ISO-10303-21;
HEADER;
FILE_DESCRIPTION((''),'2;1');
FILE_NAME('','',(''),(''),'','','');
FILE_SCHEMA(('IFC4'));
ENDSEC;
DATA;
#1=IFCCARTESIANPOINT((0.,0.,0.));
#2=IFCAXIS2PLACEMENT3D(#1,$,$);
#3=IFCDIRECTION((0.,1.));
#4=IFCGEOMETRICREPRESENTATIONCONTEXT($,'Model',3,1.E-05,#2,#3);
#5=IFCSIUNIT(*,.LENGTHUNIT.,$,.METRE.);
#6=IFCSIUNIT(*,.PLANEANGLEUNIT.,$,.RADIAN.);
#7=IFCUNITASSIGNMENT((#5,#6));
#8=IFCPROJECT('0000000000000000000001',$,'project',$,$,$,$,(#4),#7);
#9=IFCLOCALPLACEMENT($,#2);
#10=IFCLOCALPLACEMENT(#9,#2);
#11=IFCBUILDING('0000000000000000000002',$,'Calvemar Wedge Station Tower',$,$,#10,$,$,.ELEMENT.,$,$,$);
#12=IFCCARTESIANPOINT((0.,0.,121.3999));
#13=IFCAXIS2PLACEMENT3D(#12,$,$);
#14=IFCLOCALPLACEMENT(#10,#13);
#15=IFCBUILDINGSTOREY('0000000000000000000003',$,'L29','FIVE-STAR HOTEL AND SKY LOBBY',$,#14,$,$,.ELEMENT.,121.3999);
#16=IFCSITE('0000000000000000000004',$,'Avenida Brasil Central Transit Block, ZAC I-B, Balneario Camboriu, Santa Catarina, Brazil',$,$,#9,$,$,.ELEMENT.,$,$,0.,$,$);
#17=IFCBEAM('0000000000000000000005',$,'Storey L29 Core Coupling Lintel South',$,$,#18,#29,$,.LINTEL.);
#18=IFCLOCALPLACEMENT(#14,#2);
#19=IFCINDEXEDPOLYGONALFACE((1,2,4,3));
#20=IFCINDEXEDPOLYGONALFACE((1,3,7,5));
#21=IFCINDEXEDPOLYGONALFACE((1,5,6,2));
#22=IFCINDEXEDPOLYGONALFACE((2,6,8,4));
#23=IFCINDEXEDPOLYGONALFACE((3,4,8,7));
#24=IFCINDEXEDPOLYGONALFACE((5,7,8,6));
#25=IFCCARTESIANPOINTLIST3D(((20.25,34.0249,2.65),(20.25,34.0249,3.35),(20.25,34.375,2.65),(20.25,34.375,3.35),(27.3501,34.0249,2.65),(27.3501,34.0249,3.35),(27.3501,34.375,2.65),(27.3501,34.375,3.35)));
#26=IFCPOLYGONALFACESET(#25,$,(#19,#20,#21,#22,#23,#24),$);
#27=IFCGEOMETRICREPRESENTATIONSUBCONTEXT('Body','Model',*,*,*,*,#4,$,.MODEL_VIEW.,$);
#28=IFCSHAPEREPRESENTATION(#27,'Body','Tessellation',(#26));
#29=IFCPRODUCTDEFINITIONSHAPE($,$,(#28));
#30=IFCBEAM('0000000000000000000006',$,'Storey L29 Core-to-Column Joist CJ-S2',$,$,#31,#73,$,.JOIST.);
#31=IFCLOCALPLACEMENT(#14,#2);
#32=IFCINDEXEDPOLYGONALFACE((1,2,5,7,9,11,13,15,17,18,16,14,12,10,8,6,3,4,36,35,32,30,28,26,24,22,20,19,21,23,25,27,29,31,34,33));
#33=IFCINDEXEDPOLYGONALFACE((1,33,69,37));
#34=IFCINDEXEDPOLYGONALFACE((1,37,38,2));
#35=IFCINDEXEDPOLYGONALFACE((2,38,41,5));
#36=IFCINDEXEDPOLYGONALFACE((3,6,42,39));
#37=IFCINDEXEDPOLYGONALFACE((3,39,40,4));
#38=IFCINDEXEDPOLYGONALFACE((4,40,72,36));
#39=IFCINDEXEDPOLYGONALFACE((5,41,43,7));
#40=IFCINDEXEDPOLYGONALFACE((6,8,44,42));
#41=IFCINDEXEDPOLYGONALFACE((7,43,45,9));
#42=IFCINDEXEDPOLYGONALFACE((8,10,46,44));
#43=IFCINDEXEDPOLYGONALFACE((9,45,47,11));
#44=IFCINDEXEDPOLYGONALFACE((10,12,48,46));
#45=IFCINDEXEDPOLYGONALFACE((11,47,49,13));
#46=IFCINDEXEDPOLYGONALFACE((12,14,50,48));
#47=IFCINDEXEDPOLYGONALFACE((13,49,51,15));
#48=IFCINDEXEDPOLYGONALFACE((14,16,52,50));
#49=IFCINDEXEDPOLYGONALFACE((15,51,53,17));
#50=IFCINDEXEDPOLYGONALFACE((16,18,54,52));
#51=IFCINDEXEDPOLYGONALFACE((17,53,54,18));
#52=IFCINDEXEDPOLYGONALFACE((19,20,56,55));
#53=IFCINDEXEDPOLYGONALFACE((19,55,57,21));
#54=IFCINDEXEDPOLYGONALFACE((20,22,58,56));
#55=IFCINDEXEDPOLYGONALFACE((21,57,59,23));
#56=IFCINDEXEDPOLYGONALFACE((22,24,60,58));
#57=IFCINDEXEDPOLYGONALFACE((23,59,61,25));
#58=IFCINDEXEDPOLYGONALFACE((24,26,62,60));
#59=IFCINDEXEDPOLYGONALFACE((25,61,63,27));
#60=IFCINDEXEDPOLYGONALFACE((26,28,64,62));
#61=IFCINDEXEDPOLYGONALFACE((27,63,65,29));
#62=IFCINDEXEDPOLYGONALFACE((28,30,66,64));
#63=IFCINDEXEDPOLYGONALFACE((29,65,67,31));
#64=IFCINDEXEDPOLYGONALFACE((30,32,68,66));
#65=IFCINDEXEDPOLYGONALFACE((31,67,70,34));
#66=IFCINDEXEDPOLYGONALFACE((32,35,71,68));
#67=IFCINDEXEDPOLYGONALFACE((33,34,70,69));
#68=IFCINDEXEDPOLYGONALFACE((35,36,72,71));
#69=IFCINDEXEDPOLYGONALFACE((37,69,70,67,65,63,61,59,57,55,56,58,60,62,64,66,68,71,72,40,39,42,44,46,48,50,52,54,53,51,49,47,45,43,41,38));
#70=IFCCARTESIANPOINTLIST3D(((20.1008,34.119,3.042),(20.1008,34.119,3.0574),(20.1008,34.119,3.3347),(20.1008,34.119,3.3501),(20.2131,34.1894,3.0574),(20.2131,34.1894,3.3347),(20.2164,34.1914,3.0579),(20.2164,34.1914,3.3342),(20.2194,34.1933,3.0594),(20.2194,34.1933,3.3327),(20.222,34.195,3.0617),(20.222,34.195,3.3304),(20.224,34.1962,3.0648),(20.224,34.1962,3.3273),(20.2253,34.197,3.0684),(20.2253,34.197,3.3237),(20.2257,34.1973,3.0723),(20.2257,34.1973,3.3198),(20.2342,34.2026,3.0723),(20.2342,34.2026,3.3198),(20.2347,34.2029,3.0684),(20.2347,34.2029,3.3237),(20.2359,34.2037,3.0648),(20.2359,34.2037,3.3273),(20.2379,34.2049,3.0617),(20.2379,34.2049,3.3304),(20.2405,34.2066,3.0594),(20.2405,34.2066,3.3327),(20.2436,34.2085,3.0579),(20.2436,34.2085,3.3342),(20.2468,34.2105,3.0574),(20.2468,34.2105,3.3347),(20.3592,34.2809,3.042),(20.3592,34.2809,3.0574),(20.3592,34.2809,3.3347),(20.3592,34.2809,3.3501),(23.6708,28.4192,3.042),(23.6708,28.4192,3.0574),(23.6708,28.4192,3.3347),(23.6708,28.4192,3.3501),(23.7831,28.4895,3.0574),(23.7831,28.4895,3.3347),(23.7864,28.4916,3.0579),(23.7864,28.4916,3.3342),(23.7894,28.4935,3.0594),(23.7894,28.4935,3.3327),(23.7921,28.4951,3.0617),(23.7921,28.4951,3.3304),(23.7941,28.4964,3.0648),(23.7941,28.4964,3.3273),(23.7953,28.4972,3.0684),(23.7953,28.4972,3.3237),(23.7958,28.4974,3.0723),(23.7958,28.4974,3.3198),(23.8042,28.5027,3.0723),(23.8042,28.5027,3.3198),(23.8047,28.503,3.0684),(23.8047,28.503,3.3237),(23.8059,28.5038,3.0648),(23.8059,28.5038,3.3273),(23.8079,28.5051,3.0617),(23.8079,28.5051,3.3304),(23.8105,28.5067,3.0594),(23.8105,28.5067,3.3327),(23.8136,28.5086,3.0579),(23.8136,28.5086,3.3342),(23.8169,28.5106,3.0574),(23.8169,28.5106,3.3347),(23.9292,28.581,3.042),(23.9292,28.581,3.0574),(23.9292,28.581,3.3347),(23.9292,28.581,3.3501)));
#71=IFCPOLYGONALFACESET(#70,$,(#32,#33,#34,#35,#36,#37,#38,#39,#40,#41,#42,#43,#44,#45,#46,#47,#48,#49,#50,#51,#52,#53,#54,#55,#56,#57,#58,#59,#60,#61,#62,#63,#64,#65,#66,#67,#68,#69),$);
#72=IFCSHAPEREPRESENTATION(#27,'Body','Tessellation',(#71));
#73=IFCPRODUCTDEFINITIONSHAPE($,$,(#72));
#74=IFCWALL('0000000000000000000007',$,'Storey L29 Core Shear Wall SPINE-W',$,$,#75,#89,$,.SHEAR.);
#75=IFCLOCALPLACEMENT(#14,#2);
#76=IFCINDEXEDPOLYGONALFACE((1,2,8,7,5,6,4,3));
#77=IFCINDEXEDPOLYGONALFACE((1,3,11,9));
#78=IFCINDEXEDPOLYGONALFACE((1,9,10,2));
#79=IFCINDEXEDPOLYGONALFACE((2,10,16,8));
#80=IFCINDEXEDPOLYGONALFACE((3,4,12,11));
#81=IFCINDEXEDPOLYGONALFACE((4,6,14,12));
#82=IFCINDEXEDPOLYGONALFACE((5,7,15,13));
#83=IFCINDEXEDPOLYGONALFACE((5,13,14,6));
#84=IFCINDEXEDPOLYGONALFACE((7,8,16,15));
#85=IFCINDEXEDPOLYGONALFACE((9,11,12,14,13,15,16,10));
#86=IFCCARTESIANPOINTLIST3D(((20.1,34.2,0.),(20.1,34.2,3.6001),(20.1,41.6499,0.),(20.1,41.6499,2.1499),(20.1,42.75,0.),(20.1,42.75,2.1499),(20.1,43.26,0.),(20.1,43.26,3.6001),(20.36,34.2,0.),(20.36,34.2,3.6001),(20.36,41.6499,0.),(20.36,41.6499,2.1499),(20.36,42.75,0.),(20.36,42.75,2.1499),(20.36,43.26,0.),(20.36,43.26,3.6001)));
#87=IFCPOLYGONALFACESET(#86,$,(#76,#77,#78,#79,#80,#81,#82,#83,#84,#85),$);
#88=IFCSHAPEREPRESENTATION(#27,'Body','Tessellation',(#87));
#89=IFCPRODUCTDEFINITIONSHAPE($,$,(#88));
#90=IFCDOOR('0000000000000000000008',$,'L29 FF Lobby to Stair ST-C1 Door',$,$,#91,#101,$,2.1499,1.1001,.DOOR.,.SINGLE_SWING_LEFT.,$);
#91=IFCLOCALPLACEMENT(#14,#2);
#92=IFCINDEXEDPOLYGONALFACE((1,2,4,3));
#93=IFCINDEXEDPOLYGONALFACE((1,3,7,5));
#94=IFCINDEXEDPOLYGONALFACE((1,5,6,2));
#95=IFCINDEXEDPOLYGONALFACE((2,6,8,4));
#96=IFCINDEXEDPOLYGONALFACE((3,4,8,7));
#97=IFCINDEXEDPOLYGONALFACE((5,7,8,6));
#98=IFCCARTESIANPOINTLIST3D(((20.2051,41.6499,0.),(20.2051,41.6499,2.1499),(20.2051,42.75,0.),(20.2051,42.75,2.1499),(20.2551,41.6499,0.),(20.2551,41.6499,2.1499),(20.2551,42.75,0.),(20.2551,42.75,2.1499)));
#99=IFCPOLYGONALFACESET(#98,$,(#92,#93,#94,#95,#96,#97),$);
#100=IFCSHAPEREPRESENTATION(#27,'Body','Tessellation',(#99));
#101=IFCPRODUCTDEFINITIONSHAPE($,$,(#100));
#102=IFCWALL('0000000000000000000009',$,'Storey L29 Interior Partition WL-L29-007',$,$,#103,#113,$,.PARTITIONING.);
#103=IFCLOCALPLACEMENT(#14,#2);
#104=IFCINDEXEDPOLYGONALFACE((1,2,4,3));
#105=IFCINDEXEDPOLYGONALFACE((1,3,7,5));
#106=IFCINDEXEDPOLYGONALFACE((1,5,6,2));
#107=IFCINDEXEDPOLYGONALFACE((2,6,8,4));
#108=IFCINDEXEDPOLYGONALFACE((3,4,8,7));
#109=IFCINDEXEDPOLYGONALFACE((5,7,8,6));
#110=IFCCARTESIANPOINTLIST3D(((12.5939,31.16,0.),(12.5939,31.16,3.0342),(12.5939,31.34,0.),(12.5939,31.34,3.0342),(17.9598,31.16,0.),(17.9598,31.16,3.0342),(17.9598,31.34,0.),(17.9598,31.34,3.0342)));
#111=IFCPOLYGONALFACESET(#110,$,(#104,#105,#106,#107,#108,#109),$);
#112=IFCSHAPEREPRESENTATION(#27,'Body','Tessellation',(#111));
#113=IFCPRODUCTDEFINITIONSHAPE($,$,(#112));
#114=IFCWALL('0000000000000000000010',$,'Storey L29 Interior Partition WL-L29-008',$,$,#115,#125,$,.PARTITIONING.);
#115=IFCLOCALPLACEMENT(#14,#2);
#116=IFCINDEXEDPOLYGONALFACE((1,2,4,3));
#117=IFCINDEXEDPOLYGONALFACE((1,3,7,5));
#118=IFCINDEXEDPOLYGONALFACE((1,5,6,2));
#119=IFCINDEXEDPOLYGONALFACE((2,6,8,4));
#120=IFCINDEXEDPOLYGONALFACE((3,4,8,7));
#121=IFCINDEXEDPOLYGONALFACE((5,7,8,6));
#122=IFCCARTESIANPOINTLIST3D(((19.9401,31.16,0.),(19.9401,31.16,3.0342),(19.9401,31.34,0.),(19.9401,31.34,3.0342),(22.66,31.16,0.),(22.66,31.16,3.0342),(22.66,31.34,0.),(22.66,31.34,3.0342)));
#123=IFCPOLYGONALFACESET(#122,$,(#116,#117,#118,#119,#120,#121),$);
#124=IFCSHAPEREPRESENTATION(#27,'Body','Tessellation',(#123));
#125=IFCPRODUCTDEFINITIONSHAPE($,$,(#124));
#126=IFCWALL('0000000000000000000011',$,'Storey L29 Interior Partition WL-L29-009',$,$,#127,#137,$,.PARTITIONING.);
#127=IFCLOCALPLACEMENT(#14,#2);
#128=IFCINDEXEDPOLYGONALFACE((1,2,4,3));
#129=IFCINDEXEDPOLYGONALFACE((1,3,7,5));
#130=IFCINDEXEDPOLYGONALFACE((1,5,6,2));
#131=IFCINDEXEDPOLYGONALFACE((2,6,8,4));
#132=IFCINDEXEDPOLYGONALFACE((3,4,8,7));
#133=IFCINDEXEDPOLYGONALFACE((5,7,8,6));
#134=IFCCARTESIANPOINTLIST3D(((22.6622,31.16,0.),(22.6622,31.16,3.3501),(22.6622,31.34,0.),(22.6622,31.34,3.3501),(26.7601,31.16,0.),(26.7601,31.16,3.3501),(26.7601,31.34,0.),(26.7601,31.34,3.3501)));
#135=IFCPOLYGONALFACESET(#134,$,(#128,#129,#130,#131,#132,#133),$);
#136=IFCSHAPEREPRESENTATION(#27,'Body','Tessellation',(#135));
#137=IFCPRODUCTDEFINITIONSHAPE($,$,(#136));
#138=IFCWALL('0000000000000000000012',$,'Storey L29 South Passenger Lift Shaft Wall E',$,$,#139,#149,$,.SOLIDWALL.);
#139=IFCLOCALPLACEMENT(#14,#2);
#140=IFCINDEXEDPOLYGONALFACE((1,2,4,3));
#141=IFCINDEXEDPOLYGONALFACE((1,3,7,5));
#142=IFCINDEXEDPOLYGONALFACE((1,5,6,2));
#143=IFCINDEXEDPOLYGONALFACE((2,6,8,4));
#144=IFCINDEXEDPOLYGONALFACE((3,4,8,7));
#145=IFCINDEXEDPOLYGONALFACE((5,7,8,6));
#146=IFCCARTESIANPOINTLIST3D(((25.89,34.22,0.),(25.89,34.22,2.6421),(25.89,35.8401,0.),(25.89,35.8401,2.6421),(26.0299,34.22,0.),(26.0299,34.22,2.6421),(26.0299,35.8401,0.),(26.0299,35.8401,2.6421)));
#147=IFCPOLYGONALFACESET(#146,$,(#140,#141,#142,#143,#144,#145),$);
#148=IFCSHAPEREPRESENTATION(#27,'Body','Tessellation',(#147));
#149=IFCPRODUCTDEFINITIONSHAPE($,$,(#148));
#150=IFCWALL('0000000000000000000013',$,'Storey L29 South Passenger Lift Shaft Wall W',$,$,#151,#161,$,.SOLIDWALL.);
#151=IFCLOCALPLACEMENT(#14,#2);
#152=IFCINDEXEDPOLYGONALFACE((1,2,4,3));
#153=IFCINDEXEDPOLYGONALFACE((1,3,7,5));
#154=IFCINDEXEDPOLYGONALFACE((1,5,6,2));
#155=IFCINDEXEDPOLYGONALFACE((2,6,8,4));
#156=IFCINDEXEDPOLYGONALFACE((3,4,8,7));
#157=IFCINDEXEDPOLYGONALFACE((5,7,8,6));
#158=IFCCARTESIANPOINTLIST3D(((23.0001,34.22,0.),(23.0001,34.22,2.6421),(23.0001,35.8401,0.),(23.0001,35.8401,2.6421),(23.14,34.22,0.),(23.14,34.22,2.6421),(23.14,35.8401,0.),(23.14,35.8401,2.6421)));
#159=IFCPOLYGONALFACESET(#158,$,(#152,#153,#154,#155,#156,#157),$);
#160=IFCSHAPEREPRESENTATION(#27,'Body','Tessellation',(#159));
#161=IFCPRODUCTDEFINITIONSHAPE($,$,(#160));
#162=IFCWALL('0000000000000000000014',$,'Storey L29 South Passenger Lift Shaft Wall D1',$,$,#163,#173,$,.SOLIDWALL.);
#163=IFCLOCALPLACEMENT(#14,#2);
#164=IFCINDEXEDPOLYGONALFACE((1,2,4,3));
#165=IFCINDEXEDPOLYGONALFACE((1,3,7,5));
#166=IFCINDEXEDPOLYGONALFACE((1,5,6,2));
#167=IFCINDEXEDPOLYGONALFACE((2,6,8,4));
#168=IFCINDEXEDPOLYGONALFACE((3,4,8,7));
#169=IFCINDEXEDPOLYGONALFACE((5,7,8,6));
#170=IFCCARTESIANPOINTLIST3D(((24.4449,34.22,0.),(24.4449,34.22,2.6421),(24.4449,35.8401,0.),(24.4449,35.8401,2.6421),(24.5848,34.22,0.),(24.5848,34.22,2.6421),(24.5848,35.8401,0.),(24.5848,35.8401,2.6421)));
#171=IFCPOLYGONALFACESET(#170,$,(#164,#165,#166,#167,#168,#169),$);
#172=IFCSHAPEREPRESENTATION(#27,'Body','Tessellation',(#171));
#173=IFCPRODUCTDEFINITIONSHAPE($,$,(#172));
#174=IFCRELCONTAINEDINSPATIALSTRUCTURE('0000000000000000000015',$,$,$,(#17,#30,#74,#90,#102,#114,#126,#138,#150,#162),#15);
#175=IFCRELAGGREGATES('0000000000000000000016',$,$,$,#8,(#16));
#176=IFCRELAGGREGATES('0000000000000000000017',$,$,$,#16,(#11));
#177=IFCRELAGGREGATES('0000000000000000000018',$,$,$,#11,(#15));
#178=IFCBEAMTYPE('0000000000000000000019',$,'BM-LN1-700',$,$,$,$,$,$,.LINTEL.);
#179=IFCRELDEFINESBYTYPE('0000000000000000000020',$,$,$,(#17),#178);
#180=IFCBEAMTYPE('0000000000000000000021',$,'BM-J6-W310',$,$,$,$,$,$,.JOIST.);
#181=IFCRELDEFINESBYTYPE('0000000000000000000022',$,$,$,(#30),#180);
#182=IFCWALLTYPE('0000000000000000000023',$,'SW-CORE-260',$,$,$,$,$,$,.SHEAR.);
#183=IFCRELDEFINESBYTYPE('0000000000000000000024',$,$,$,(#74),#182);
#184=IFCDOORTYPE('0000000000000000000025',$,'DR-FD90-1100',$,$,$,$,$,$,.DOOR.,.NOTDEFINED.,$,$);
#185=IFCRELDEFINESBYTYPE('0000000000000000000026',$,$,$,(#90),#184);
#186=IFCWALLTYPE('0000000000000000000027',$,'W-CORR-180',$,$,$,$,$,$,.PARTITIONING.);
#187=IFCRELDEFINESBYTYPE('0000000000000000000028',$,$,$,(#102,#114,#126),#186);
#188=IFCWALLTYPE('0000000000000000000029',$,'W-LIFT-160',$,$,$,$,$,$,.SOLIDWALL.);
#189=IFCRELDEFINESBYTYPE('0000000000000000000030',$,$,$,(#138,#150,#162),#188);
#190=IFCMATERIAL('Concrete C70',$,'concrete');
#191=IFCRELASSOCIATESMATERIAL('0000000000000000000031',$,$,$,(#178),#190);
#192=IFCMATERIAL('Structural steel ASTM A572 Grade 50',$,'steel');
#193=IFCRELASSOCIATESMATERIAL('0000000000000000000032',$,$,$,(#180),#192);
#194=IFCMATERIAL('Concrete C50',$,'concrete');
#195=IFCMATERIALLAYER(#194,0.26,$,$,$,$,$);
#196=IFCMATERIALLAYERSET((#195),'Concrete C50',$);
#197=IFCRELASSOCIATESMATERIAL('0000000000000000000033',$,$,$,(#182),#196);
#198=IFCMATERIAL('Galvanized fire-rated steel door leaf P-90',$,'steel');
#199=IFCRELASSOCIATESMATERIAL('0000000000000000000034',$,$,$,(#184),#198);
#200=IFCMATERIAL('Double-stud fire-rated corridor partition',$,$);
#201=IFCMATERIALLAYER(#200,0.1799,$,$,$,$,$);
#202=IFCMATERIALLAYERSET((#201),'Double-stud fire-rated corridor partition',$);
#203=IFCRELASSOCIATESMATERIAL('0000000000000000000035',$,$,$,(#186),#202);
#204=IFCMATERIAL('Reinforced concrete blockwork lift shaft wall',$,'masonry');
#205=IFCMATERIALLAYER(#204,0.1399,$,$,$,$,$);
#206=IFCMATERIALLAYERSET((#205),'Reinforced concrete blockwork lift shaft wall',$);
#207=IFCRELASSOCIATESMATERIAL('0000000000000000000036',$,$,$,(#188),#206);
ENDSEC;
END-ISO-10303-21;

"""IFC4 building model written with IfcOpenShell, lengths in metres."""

from ifc_helpers import new_model, si_unit, direction, frame, frame_2d, origin, origin_2d, place, context, subcontext, project, spatial, rectangle, i_section, extrude, source, transform, mapped, material, layer, layer_set, material_profile, profile_set, type_object, element, fill, save


model = new_model("IFC4")

# Units and contexts
model_context = context("Model", 3, precision=1e-05, world=origin(), true_north=direction((0.0, 1.0)))
body_context = subcontext(model_context, "Body", "Model", "MODEL_VIEW")
ifc_project = project(units=[si_unit("LENGTHUNIT", "METRE"), si_unit("PLANEANGLEUNIT", "RADIAN")], contexts=[model_context])

# Site, building, storey
site_placement = place(None, origin())
site = spatial("IfcSite", under=ifc_project, at=site_placement, Name="Avenida Brasil Central Transit Block, ZAC I-B, Balneario Camboriu, Santa Catarina, Brazil", CompositionType="ELEMENT", RefElevation=0.0)
building_placement = place(site_placement, origin())
building = spatial("IfcBuilding", under=site, at=building_placement, Name="Calvemar Wedge Station Tower", CompositionType="ELEMENT")
storey_placement = place(building_placement, frame((0.0, 0.0, 121.3999)))
storey = spatial("IfcBuildingStorey", under=building, at=storey_placement, Name="L29", Description="FIVE-STAR HOTEL AND SKY LOBBY", CompositionType="ELEMENT", Elevation=121.3999)

# Beams
ifc_material_1 = material(Name="Concrete C70", Category="concrete")
ifc_material_profile_1 = material_profile(ifc_material_1, rectangle(XDim=0.3501, YDim=0.7, at=origin_2d()), Name="RC350x700")
ifc_profile_set_1 = profile_set([ifc_material_profile_1], Name="Concrete C70")
beam_type_1 = type_object("IfcBeamType", Name="BM-LN1-700", PredefinedType="LINTEL", material=ifc_profile_set_1)
shared_shape_1 = source(origin(), body_context, "Body", "SweptSolid", [
    extrude(rectangle(XDim=0.3501, YDim=0.7, at=origin_2d()), origin(), (0.0, 0.0, 1.0), 7.1001),
])
beam_1_placement = place(storey_placement, frame((20.25, 34.2, 3.0), z_axis=(1.0, 0.0, 0.0), x_axis=(0.0, 1.0, 0.0)))
element("IfcBeam", 1, at=beam_1_placement, inside=storey, type_object=beam_type_1, Name="Storey L29 Core Coupling Lintel South", PredefinedType="LINTEL", context=body_context, shape_type="MappedRepresentation", body=[
    mapped(shared_shape_1, transform((0.0, 0.0, 0.0), scale=1.0)),
])
ifc_material_2 = material(Name="Structural steel ASTM A572 Grade 50", Category="steel")
ifc_material_profile_2 = material_profile(ifc_material_2, i_section(OverallWidth=0.3049, OverallDepth=0.3081, WebThickness=0.01, FlangeThickness=0.0154, FilletRadius=0.0149, at=origin_2d()), Name="W310x97")
ifc_profile_set_2 = profile_set([ifc_material_profile_2], Name="Structural steel ASTM A572 Grade 50")
beam_type_2 = type_object("IfcBeamType", Name="BM-J6-W310", PredefinedType="JOIST", material=ifc_profile_set_2)
shared_shape_2 = source(origin(), body_context, "Body", "SweptSolid", [
    extrude(i_section(OverallWidth=0.3049, OverallDepth=0.3081, WebThickness=0.01, FlangeThickness=0.0154, FilletRadius=0.0149, at=origin_2d()), origin(), (0.0, 0.0, 1.0), 6.7256),
])
beam_2_placement = place(storey_placement, frame((20.23, 34.2, 3.196), z_axis=(0.530811, -0.84749, 0.0), x_axis=(0.84749, 0.530811, 0.0)))
element("IfcBeam", 2, at=beam_2_placement, inside=storey, type_object=beam_type_2, Name="Storey L29 Core-to-Column Joist CJ-S2", PredefinedType="JOIST", context=body_context, shape_type="MappedRepresentation", body=[
    mapped(shared_shape_2, transform((0.0, 0.0, 0.0), scale=1.0)),
])

# Wall, opening, door
ifc_material_3 = material(Name="Concrete C50", Category="concrete")
ifc_layer_1 = layer(ifc_material_3, 0.26)
ifc_layer_set_1 = layer_set([ifc_layer_1], Name="Concrete C50")
wall_type_1 = type_object("IfcWallType", Name="SW-CORE-260", PredefinedType="SHEAR", material=ifc_layer_set_1)
wall_1_placement = place(storey_placement, frame((20.23, 34.2, 0.0), z_axis=(0.0, 0.0, 1.0), x_axis=(0.0, 1.0, 0.0)))
wall_1 = element("IfcWall", 3, at=wall_1_placement, inside=storey, type_object=wall_type_1, Name="Storey L29 Core Shear Wall SPINE-W", PredefinedType="SHEAR", context=body_context, shape_type="SweptSolid", body=[
    extrude(rectangle(XDim=9.0601, YDim=0.26, at=frame_2d((4.53, 0.0))), origin(), (0.0, 0.0, 1.0), 3.6001),
])
shared_shape_3 = source(origin(), body_context, "Body", "SweptSolid", [
    extrude(rectangle(XDim=1.1001, YDim=2.1499, at=frame_2d((0.55, 1.075))), frame((0.0, 0.1401, 0.0), z_axis=(0.0, -1.0, 0.0), x_axis=(1.0, 0.0, 0.0)), (0.0, 0.0, 1.0), 0.28),
])
opening_1_placement = place(wall_1_placement, frame((7.45, 0.0, 0.0)))
opening_1 = element("IfcOpeningElement", 4, at=opening_1_placement, cuts=wall_1, PredefinedType="OPENING", context=body_context, shape_type="MappedRepresentation", body=[
    mapped(shared_shape_3, transform((0.0, 0.0, 0.0), scale=1.0)),
])
ifc_material_4 = material(Name="Galvanized fire-rated steel door leaf P-90", Category="steel")
door_type_1 = type_object("IfcDoorType", Name="DR-FD90-1100", OperationType="NOTDEFINED", PredefinedType="DOOR", material=ifc_material_4)
shared_shape_4 = source(origin(), body_context, "Body", "SweptSolid", [
    extrude(rectangle(XDim=1.1001, YDim=2.1499, at=frame_2d((0.55, 1.075))), frame((0.0, 0.0249, 0.0), z_axis=(0.0, -1.0, 0.0), x_axis=(1.0, 0.0, 0.0)), (0.0, 0.0, 1.0), 0.05),
])
door_1_placement = place(opening_1_placement, origin())
door_1 = element("IfcDoor", 5, at=door_1_placement, inside=storey, type_object=door_type_1, Name="L29 FF Lobby to Stair ST-C1 Door", OperationType="SINGLE_SWING_LEFT", OverallHeight=2.1499, OverallWidth=1.1001, PredefinedType="DOOR", context=body_context, shape_type="MappedRepresentation", body=[
    mapped(shared_shape_4, transform((0.0, 0.0, 0.0), scale=1.0)),
])
fill(opening_1, door_1)
ifc_material_5 = material(Name="Double-stud fire-rated corridor partition")
ifc_layer_2 = layer(ifc_material_5, 0.1799)
ifc_layer_set_2 = layer_set([ifc_layer_2], Name="Double-stud fire-rated corridor partition")
wall_type_2 = type_object("IfcWallType", Name="W-CORR-180", PredefinedType="PARTITIONING", material=ifc_layer_set_2)

# Walls
wall_2_placement = place(storey_placement, frame((17.96, 31.25, 0.0), z_axis=(0.0, 0.0, 1.0), x_axis=(-1.0, 0.0, 0.0)))
element("IfcWall", 6, at=wall_2_placement, inside=storey, type_object=wall_type_2, Name="Storey L29 Interior Partition WL-L29-007", PredefinedType="PARTITIONING", context=body_context, shape_type="SweptSolid", body=[
    extrude(rectangle(XDim=5.366, YDim=0.1799, at=frame_2d((2.6831, 0.0))), origin(), (0.0, 0.0, 1.0), 3.0342),
])
wall_3_placement = place(storey_placement, frame((22.6599, 31.25, 0.0), z_axis=(0.0, 0.0, 1.0), x_axis=(-1.0, 0.0, 0.0)))
element("IfcWall", 7, at=wall_3_placement, inside=storey, type_object=wall_type_2, Name="Storey L29 Interior Partition WL-L29-008", PredefinedType="PARTITIONING", context=body_context, shape_type="SweptSolid", body=[
    extrude(rectangle(XDim=2.72, YDim=0.1799, at=frame_2d((1.3599, 0.0))), origin(), (0.0, 0.0, 1.0), 3.0342),
])
wall_4_placement = place(storey_placement, frame((26.76, 31.25, 0.0), z_axis=(0.0, 0.0, 1.0), x_axis=(-1.0, 0.0, 0.0)))
element("IfcWall", 8, at=wall_4_placement, inside=storey, type_object=wall_type_2, Name="Storey L29 Interior Partition WL-L29-009", PredefinedType="PARTITIONING", context=body_context, shape_type="SweptSolid", body=[
    extrude(rectangle(XDim=4.0979, YDim=0.1799, at=frame_2d((2.0488, 0.0))), origin(), (0.0, 0.0, 1.0), 3.3501),
])

# Shared definitions
ifc_material_6 = material(Name="Reinforced concrete blockwork lift shaft wall", Category="masonry")
ifc_layer_3 = layer(ifc_material_6, 0.1399)
ifc_layer_set_3 = layer_set([ifc_layer_3], Name="Reinforced concrete blockwork lift shaft wall")
wall_type_3 = type_object("IfcWallType", Name="W-LIFT-160", PredefinedType="SOLIDWALL", material=ifc_layer_set_3)

# Walls
for number, where, z_axis, x_axis, name in (
    (9, (25.96, 34.22, 0.0), (0.0, 0.0, 1.0), (0.0, 1.0, 0.0), "Storey L29 South Passenger Lift Shaft Wall E"),
    (10, (23.0701, 34.22, 0.0), (0.0, 0.0, 1.0), (0.0, 1.0, 0.0), "Storey L29 South Passenger Lift Shaft Wall W"),
    (11, (24.5149, 34.22, 0.0), (0.0, 0.0, 1.0), (0.0, 1.0, 0.0), "Storey L29 South Passenger Lift Shaft Wall D1"),
):
    element("IfcWall", number, at=place(storey_placement, frame(where, z_axis=z_axis, x_axis=x_axis)), inside=storey, type_object=wall_type_3, Name=name, PredefinedType="SOLIDWALL", context=body_context, shape_type="SweptSolid", body=[
        extrude(rectangle(XDim=1.6201, YDim=0.1399, at=frame_2d((0.8101, 0.0))), origin(), (0.0, 0.0, 1.0), 2.6421),
    ])

save(model, "model.ifc")
